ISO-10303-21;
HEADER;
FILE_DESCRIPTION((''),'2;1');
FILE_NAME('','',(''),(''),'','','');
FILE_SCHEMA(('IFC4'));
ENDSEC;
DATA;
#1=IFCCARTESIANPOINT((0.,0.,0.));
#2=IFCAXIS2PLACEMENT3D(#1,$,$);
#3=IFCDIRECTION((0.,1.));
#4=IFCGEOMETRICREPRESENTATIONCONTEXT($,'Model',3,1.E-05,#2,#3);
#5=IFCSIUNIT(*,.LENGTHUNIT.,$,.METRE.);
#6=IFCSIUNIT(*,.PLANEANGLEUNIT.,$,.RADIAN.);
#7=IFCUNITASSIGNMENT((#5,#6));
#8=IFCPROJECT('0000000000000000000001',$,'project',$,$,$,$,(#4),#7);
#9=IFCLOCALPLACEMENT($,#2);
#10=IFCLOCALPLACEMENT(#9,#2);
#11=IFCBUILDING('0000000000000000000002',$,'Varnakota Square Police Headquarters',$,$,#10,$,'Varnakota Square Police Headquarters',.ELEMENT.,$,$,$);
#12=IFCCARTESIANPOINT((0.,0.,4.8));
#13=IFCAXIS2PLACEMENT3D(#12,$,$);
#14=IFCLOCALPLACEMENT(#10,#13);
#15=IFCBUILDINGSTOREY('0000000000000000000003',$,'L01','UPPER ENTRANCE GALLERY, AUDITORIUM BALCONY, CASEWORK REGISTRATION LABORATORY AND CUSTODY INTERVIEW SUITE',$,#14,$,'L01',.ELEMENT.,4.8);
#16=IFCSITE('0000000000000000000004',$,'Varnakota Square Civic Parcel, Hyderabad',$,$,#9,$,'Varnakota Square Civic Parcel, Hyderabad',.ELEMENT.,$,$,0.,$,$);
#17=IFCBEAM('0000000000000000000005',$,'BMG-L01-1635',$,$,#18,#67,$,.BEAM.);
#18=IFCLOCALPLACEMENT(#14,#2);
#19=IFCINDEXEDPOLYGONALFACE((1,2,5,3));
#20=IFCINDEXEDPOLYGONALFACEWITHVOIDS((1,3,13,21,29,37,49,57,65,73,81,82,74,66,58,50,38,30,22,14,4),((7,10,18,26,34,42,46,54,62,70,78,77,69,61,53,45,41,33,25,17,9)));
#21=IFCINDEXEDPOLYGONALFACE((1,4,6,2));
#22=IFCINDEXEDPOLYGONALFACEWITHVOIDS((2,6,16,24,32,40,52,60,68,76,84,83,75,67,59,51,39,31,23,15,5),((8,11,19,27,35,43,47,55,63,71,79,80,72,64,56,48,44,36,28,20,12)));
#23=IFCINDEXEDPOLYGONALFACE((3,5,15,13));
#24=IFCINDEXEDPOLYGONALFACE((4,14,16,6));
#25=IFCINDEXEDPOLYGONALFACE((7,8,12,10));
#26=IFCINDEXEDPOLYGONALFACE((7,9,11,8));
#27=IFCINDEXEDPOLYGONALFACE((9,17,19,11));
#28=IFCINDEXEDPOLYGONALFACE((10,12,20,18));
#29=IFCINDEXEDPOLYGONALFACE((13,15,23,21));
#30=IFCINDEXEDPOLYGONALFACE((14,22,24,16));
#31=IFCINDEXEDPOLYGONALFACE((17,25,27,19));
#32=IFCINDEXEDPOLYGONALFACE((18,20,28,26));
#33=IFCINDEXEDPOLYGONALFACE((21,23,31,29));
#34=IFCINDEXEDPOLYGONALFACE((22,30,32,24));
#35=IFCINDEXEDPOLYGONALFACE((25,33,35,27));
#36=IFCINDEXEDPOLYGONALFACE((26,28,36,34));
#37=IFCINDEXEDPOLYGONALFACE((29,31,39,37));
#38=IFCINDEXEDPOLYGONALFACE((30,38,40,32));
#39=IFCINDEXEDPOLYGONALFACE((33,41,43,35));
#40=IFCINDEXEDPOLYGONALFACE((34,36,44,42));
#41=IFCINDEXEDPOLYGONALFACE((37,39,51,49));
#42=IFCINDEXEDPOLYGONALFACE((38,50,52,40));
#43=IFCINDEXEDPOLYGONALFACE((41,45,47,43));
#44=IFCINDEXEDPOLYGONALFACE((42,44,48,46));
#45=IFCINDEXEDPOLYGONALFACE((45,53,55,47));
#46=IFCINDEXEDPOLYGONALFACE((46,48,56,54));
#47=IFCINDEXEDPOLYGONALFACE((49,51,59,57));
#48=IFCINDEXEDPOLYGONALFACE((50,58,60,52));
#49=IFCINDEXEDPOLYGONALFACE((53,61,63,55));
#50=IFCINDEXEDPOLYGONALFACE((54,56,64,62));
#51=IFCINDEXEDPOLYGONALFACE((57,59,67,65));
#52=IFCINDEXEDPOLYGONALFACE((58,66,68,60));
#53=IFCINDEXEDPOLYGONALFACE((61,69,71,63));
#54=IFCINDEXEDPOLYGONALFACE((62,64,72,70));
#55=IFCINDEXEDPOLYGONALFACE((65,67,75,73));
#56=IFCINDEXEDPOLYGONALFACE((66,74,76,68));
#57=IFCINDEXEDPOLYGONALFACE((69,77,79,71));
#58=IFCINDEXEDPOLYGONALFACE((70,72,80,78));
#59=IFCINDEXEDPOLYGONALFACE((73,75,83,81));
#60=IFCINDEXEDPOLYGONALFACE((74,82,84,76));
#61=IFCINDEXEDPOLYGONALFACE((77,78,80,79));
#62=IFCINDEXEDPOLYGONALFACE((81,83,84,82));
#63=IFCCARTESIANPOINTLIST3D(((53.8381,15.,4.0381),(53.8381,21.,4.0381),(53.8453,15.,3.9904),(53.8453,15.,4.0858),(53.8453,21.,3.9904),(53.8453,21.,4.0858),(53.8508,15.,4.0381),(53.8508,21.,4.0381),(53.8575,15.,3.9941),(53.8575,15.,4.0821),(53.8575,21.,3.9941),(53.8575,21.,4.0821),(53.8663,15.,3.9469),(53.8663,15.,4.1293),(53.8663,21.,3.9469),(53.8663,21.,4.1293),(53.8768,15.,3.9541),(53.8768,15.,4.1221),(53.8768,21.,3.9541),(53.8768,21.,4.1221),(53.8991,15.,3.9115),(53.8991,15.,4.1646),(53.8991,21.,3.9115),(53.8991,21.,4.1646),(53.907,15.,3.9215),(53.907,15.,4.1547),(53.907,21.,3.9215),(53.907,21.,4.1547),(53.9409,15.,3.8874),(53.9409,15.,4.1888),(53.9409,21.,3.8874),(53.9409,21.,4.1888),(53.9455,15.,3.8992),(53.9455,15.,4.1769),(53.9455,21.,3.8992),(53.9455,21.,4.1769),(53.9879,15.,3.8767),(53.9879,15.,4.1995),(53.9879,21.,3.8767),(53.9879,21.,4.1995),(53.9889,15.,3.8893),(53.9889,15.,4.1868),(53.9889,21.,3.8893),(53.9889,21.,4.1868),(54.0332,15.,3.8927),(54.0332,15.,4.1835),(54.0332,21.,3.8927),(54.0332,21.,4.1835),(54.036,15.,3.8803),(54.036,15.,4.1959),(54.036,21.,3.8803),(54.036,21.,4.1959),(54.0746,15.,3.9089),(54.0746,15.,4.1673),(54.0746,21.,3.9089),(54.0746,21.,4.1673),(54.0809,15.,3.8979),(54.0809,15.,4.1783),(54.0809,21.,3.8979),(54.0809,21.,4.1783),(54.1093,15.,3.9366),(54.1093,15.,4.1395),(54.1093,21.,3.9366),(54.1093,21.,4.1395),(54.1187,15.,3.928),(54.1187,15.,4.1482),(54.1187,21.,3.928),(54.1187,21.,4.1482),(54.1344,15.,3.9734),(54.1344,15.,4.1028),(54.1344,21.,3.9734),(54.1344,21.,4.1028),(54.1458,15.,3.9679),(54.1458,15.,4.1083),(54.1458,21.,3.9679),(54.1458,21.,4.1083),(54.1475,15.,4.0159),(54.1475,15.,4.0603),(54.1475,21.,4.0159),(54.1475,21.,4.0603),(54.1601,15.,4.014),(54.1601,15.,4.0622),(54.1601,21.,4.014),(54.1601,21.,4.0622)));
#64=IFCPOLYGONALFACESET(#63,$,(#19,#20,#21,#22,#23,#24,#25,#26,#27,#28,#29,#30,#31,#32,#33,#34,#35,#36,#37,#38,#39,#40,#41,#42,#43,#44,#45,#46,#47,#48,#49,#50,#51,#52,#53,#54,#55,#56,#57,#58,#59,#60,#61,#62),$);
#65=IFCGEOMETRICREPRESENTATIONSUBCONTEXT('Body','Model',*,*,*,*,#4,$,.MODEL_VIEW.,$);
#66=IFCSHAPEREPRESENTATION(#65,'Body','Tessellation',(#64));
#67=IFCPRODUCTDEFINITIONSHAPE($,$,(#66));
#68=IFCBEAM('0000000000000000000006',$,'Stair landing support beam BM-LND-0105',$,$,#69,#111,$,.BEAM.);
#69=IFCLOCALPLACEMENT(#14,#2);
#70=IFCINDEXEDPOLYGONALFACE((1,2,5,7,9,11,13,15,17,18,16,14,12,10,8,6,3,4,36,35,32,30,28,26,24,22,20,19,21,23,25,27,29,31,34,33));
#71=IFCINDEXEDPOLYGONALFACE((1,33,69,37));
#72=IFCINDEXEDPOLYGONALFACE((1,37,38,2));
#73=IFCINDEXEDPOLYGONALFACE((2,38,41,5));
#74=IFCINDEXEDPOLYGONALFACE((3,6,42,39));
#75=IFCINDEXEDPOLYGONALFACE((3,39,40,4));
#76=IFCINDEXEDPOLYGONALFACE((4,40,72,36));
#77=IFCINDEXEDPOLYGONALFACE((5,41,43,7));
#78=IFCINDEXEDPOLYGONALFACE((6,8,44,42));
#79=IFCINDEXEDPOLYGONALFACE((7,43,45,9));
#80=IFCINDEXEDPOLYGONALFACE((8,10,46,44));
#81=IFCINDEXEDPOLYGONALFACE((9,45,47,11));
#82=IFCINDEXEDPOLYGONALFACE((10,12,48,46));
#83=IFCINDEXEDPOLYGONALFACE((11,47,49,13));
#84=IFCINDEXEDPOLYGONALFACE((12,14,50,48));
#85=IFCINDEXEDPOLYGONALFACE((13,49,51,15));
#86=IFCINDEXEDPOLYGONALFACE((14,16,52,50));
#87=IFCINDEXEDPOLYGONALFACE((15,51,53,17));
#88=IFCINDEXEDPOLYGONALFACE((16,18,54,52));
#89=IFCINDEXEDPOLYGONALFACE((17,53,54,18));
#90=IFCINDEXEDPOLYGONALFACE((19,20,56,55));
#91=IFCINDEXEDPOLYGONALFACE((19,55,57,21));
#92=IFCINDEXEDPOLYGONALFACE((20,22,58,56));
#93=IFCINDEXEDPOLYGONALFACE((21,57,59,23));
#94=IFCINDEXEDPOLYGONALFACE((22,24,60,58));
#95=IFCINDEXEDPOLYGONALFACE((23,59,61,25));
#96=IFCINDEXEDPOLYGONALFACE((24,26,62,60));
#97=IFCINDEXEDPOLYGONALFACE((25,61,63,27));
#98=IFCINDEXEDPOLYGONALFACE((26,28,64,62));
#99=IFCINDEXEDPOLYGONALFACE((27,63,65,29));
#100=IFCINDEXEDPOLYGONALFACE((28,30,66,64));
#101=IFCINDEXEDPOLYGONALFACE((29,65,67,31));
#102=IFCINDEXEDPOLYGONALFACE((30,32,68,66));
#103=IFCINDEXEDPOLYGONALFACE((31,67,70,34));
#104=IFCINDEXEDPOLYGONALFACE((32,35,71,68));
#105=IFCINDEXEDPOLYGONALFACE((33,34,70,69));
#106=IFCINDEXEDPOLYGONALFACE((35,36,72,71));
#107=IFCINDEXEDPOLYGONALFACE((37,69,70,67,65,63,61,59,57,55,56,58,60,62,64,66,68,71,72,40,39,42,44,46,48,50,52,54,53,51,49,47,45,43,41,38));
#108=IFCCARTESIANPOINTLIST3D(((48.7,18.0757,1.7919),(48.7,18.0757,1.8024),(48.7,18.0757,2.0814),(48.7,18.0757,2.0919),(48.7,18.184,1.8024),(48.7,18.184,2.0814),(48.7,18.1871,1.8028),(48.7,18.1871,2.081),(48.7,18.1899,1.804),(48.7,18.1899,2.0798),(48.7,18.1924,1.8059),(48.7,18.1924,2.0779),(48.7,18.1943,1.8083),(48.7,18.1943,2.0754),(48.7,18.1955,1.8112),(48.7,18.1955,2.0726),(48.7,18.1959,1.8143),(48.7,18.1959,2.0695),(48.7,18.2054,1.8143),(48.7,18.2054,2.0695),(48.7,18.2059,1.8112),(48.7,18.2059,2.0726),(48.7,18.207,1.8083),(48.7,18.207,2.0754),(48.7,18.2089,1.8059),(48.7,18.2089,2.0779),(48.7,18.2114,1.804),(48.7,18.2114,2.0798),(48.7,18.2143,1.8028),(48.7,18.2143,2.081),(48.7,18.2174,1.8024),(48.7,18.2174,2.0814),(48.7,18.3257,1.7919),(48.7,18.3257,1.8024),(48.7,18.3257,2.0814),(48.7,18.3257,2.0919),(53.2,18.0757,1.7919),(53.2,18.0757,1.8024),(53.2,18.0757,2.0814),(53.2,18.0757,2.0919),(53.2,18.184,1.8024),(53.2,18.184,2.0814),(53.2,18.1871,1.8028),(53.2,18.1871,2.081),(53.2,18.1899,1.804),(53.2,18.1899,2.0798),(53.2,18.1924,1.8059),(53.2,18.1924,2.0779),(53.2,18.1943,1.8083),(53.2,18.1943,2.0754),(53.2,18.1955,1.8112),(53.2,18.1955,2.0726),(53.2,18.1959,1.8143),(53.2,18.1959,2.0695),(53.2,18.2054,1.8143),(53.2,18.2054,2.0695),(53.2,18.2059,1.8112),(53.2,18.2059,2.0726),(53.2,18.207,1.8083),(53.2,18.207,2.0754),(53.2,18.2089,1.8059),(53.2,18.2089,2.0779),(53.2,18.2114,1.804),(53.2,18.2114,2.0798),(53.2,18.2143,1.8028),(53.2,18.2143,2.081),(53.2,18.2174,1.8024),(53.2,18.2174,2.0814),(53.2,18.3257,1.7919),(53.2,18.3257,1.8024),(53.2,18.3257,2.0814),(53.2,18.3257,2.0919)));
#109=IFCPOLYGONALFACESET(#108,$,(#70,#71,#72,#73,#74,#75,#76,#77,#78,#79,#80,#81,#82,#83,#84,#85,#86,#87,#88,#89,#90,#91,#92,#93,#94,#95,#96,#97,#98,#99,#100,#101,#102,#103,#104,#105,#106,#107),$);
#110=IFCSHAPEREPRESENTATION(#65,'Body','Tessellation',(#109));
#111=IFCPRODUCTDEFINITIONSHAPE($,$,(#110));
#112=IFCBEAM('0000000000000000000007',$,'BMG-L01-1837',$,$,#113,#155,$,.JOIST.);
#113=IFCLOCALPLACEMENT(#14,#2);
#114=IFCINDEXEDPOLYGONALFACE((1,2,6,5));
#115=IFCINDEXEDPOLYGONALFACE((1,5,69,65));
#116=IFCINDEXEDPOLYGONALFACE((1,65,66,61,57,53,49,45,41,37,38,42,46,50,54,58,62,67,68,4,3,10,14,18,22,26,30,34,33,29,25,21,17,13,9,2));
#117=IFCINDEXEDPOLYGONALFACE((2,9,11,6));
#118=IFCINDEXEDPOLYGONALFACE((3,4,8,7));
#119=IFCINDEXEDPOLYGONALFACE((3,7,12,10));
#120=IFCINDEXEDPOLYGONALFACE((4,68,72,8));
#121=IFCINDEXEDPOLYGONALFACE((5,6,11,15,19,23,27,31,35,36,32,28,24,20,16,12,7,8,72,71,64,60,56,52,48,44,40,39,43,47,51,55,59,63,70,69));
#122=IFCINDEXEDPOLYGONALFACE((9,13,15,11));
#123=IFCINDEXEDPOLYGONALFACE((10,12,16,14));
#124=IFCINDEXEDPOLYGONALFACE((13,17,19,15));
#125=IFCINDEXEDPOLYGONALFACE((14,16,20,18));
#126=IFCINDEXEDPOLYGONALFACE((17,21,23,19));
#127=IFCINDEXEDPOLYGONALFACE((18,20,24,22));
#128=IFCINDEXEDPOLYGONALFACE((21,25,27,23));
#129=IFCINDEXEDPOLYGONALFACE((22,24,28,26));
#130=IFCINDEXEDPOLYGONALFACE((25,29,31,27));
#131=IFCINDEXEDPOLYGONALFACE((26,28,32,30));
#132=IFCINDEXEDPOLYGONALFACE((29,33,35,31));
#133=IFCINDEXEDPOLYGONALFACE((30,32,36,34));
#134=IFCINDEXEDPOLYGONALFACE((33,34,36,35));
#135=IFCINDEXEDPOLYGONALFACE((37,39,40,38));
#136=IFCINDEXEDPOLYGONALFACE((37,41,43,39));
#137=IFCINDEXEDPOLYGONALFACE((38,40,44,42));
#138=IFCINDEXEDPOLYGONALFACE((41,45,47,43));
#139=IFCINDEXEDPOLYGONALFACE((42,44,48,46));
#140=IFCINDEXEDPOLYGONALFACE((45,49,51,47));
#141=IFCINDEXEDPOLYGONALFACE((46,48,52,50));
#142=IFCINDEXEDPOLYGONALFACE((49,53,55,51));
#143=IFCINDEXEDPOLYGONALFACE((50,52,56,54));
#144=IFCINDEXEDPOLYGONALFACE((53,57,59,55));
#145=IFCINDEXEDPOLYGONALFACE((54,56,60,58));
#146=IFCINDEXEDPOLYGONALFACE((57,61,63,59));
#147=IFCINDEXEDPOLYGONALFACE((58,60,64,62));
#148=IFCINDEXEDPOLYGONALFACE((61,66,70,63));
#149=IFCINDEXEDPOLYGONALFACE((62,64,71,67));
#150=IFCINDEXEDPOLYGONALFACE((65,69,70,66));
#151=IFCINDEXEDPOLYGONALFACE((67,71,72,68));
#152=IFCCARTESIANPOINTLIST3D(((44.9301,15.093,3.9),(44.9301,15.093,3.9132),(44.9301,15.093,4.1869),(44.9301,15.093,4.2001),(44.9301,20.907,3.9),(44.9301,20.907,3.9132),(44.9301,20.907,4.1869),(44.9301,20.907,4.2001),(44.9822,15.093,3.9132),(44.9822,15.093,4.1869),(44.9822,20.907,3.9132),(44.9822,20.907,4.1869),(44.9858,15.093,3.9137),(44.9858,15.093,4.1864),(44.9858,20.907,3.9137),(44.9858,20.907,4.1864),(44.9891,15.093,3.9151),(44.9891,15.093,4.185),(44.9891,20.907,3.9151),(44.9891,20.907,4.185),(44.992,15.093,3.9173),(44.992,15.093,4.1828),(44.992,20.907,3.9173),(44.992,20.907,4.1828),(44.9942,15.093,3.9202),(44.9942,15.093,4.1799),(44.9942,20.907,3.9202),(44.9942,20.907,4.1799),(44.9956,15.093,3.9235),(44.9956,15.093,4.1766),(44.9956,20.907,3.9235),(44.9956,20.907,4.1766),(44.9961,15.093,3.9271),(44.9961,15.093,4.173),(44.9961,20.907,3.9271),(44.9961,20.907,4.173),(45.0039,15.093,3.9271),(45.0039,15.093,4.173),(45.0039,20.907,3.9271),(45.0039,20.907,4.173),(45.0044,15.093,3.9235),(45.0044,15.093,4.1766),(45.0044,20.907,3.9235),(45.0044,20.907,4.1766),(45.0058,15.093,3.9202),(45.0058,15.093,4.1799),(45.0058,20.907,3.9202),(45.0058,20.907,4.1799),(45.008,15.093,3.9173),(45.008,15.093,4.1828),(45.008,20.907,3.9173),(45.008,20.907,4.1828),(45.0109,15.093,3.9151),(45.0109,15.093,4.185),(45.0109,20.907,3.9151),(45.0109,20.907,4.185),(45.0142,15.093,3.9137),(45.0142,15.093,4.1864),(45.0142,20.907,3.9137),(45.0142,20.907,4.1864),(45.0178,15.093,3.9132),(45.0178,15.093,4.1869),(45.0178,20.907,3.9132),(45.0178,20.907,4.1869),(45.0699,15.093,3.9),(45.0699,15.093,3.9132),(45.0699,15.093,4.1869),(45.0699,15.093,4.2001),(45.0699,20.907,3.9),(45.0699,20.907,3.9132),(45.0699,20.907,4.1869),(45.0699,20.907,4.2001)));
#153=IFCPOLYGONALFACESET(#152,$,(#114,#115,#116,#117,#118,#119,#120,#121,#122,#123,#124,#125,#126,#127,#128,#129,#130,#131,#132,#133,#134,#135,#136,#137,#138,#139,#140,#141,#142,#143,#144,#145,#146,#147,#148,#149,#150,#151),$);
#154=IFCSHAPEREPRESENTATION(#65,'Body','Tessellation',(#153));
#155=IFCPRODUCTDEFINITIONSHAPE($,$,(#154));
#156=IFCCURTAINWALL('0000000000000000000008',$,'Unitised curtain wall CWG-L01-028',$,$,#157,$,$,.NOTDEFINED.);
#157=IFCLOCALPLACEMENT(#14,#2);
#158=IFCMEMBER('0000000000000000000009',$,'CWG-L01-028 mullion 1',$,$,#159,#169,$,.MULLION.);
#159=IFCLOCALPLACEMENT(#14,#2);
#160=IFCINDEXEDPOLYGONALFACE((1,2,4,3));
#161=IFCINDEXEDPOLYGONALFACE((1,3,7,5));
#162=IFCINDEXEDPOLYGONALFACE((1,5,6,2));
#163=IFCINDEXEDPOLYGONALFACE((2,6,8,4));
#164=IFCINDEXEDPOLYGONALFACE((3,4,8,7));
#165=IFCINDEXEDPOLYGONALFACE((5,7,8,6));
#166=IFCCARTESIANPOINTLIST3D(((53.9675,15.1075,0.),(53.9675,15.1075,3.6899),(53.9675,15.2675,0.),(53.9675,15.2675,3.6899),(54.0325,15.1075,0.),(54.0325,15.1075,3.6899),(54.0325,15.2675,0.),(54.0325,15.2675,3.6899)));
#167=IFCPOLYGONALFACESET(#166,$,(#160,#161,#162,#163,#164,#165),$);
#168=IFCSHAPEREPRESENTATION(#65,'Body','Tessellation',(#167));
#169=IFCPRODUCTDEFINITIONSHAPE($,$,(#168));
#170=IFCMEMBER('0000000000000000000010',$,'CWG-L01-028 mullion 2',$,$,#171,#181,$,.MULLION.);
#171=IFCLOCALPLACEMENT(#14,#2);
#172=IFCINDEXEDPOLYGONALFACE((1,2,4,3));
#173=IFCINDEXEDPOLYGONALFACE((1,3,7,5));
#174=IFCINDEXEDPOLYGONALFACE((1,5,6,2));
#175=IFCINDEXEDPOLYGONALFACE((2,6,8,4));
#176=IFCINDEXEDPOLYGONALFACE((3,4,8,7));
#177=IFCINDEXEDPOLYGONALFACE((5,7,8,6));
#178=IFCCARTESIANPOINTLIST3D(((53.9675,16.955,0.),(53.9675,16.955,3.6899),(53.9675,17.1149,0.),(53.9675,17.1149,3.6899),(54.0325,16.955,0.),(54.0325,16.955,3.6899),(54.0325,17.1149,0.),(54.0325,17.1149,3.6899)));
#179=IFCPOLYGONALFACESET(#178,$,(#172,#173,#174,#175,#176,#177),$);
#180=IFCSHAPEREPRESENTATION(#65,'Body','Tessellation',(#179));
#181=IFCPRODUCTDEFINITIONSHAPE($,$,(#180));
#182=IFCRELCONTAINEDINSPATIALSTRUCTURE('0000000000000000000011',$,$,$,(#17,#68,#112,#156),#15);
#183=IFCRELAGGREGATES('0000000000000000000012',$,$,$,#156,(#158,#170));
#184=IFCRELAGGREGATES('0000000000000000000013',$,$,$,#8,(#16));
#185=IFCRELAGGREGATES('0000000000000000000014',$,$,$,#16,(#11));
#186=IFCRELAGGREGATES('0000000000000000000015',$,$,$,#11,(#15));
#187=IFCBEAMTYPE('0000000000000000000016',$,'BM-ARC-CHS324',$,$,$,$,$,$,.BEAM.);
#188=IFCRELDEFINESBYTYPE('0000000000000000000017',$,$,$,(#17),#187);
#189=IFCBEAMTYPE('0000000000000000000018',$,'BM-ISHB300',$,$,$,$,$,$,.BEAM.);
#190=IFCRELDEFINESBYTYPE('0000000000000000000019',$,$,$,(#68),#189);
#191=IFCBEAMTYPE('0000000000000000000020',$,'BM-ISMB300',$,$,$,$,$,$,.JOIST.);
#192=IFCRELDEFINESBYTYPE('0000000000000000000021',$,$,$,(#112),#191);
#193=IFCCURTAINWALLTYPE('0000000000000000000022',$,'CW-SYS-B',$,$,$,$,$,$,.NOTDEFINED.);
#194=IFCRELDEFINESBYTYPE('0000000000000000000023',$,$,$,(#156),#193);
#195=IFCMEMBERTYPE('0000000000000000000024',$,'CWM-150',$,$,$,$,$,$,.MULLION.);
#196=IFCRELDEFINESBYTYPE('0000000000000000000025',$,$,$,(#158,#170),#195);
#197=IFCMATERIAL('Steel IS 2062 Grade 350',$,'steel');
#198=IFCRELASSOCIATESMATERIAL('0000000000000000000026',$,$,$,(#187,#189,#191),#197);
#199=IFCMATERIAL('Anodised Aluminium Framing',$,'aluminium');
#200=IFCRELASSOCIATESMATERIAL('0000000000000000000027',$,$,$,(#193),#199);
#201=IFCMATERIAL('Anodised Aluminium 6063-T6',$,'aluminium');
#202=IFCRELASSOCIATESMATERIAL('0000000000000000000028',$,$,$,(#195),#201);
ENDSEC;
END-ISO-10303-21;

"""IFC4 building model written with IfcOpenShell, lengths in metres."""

from ifc_helpers import new_model, si_unit, direction, frame, origin, origin_2d, place, context, subcontext, project, spatial, rectangle, hollow_circle, i_section, extrude, material, material_profile, profile_set, type_object, element, aggregate, save


model = new_model("IFC4")

# Units and contexts
model_context = context("Model", 3, precision=1e-05, world=origin(), true_north=direction((0.0, 1.0)))
body_context = subcontext(model_context, "Body", "Model", "MODEL_VIEW")
ifc_project = project(units=[si_unit("LENGTHUNIT", "METRE"), si_unit("PLANEANGLEUNIT", "RADIAN")], contexts=[model_context])

# Site, building, storey
site_placement = place(None, origin())
site = spatial("IfcSite", under=ifc_project, at=site_placement, Name="Varnakota Square Civic Parcel, Hyderabad", LongName="Varnakota Square Civic Parcel, Hyderabad", CompositionType="ELEMENT", RefElevation=0.0)
building_placement = place(site_placement, origin())
building = spatial("IfcBuilding", under=site, at=building_placement, Name="Varnakota Square Police Headquarters", LongName="Varnakota Square Police Headquarters", CompositionType="ELEMENT")
storey_placement = place(building_placement, frame((0.0, 0.0, 4.8)))
storey = spatial("IfcBuildingStorey", under=building, at=storey_placement, Name="L01", Description="UPPER ENTRANCE GALLERY, AUDITORIUM BALCONY, CASEWORK REGISTRATION LABORATORY AND CUSTODY INTERVIEW SUITE", LongName="L01", CompositionType="ELEMENT", Elevation=4.8)

# Shared definitions
ifc_material_1 = material(Name="Steel IS 2062 Grade 350", Category="steel")

# Beams
ifc_material_profile_1 = material_profile(ifc_material_1, hollow_circle(Radius=0.1619, WallThickness=0.0127, at=origin_2d()), Name="CHS 323.9x12.7")
ifc_profile_set_1 = profile_set([ifc_material_profile_1], Name="Steel IS 2062 Grade 350")
beam_type_1 = type_object("IfcBeamType", Name="BM-ARC-CHS324", PredefinedType="BEAM", material=ifc_profile_set_1)
for number, where, z_axis, x_axis, name in (
    (1, (54.0, 15.0, 4.0381), (0.0, 1.0, 0.0), (-1.0, 0.0, 0.0), "BMG-L01-1635"),
):
    element("IfcBeam", number, at=place(storey_placement, frame(where, z_axis=z_axis, x_axis=x_axis)), inside=storey, type_object=beam_type_1, Name=name, PredefinedType="BEAM", context=body_context, shape_type="SweptSolid", body=[
        extrude(hollow_circle(Radius=0.1619, WallThickness=0.0127, at=origin_2d()), origin(), (0.0, 0.0, 1.0), 6.0),
    ])
ifc_material_profile_2 = material_profile(ifc_material_1, i_section(OverallWidth=0.25, OverallDepth=0.3, WebThickness=0.0095, FlangeThickness=0.0105, FilletRadius=0.012, at=origin_2d()), Name="ISHB 300")
ifc_profile_set_2 = profile_set([ifc_material_profile_2], Name="Steel IS 2062 Grade 350")
beam_type_2 = type_object("IfcBeamType", Name="BM-ISHB300", PredefinedType="BEAM", material=ifc_profile_set_2)
beam_1_placement = place(storey_placement, frame((48.7, 18.2007, 1.9419), z_axis=(1.0, 0.0, 0.0), x_axis=(0.0, 1.0, 0.0)))
element("IfcBeam", 2, at=beam_1_placement, inside=storey, type_object=beam_type_2, Name="Stair landing support beam BM-LND-0105", PredefinedType="BEAM", context=body_context, shape_type="SweptSolid", body=[
    extrude(i_section(OverallWidth=0.25, OverallDepth=0.3, WebThickness=0.0095, FlangeThickness=0.0105, FilletRadius=0.012, at=origin_2d()), origin(), (0.0, 0.0, 1.0), 4.5),
])
ifc_material_profile_3 = material_profile(ifc_material_1, i_section(OverallWidth=0.1399, OverallDepth=0.3, WebThickness=0.0078, FlangeThickness=0.0132, FilletRadius=0.0139, at=origin_2d()), Name="ISMB 300")
ifc_profile_set_3 = profile_set([ifc_material_profile_3], Name="Steel IS 2062 Grade 350")
beam_type_3 = type_object("IfcBeamType", Name="BM-ISMB300", PredefinedType="JOIST", material=ifc_profile_set_3)
beam_2_placement = place(storey_placement, frame((45.0, 15.093, 4.05), z_axis=(0.0, 1.0, 0.0), x_axis=(-1.0, 0.0, 0.0)))
element("IfcBeam", 3, at=beam_2_placement, inside=storey, type_object=beam_type_3, Name="BMG-L01-1837", PredefinedType="JOIST", context=body_context, shape_type="SweptSolid", body=[
    extrude(i_section(OverallWidth=0.1399, OverallDepth=0.3, WebThickness=0.0078, FlangeThickness=0.0132, FilletRadius=0.0139, at=origin_2d()), origin(), (0.0, 0.0, 1.0), 5.814),
])

# Curtain wall, members
ifc_material_2 = material(Name="Anodised Aluminium Framing", Category="aluminium")
curtain_wall_type = type_object("IfcCurtainWallType", Name="CW-SYS-B", PredefinedType="NOTDEFINED", material=ifc_material_2)
curtain_wall_placement = place(storey_placement, origin())
curtain_wall = element("IfcCurtainWall", 4, at=curtain_wall_placement, inside=storey, type_object=curtain_wall_type, Name="Unitised curtain wall CWG-L01-028", PredefinedType="NOTDEFINED")
ifc_material_3 = material(Name="Anodised Aluminium 6063-T6", Category="aluminium")
ifc_material_profile_4 = material_profile(ifc_material_3, rectangle(XDim=0.0649, YDim=0.1599, at=origin_2d()), Name="ALU MULLION 65x160")
ifc_profile_set_4 = profile_set([ifc_material_profile_4], Name="Anodised Aluminium 6063-T6")
member_type_1 = type_object("IfcMemberType", Name="CWM-150", PredefinedType="MULLION", material=ifc_profile_set_4)
member_1_placement = place(storey_placement, frame((54.0, 15.1875, 0.0), z_axis=(0.0, 0.0, 1.0), x_axis=(-1.0, 0.0, 0.0)))
member_1 = element("IfcMember", 5, at=member_1_placement, type_object=member_type_1, Name="CWG-L01-028 mullion 1", PredefinedType="MULLION", context=body_context, shape_type="SweptSolid", body=[
    extrude(rectangle(XDim=0.0649, YDim=0.1599, at=origin_2d()), origin(), (0.0, 0.0, 1.0), 3.6899),
])
member_2_placement = place(storey_placement, frame((54.0, 17.0349, 0.0), z_axis=(0.0, 0.0, 1.0), x_axis=(-1.0, 0.0, 0.0)))
member_2 = element("IfcMember", 6, at=member_2_placement, type_object=member_type_1, Name="CWG-L01-028 mullion 2", PredefinedType="MULLION", context=body_context, shape_type="SweptSolid", body=[
    extrude(rectangle(XDim=0.0649, YDim=0.1599, at=origin_2d()), origin(), (0.0, 0.0, 1.0), 3.6899),
])
aggregate(curtain_wall, [member_1, member_2])

save(model, "model.ifc")
